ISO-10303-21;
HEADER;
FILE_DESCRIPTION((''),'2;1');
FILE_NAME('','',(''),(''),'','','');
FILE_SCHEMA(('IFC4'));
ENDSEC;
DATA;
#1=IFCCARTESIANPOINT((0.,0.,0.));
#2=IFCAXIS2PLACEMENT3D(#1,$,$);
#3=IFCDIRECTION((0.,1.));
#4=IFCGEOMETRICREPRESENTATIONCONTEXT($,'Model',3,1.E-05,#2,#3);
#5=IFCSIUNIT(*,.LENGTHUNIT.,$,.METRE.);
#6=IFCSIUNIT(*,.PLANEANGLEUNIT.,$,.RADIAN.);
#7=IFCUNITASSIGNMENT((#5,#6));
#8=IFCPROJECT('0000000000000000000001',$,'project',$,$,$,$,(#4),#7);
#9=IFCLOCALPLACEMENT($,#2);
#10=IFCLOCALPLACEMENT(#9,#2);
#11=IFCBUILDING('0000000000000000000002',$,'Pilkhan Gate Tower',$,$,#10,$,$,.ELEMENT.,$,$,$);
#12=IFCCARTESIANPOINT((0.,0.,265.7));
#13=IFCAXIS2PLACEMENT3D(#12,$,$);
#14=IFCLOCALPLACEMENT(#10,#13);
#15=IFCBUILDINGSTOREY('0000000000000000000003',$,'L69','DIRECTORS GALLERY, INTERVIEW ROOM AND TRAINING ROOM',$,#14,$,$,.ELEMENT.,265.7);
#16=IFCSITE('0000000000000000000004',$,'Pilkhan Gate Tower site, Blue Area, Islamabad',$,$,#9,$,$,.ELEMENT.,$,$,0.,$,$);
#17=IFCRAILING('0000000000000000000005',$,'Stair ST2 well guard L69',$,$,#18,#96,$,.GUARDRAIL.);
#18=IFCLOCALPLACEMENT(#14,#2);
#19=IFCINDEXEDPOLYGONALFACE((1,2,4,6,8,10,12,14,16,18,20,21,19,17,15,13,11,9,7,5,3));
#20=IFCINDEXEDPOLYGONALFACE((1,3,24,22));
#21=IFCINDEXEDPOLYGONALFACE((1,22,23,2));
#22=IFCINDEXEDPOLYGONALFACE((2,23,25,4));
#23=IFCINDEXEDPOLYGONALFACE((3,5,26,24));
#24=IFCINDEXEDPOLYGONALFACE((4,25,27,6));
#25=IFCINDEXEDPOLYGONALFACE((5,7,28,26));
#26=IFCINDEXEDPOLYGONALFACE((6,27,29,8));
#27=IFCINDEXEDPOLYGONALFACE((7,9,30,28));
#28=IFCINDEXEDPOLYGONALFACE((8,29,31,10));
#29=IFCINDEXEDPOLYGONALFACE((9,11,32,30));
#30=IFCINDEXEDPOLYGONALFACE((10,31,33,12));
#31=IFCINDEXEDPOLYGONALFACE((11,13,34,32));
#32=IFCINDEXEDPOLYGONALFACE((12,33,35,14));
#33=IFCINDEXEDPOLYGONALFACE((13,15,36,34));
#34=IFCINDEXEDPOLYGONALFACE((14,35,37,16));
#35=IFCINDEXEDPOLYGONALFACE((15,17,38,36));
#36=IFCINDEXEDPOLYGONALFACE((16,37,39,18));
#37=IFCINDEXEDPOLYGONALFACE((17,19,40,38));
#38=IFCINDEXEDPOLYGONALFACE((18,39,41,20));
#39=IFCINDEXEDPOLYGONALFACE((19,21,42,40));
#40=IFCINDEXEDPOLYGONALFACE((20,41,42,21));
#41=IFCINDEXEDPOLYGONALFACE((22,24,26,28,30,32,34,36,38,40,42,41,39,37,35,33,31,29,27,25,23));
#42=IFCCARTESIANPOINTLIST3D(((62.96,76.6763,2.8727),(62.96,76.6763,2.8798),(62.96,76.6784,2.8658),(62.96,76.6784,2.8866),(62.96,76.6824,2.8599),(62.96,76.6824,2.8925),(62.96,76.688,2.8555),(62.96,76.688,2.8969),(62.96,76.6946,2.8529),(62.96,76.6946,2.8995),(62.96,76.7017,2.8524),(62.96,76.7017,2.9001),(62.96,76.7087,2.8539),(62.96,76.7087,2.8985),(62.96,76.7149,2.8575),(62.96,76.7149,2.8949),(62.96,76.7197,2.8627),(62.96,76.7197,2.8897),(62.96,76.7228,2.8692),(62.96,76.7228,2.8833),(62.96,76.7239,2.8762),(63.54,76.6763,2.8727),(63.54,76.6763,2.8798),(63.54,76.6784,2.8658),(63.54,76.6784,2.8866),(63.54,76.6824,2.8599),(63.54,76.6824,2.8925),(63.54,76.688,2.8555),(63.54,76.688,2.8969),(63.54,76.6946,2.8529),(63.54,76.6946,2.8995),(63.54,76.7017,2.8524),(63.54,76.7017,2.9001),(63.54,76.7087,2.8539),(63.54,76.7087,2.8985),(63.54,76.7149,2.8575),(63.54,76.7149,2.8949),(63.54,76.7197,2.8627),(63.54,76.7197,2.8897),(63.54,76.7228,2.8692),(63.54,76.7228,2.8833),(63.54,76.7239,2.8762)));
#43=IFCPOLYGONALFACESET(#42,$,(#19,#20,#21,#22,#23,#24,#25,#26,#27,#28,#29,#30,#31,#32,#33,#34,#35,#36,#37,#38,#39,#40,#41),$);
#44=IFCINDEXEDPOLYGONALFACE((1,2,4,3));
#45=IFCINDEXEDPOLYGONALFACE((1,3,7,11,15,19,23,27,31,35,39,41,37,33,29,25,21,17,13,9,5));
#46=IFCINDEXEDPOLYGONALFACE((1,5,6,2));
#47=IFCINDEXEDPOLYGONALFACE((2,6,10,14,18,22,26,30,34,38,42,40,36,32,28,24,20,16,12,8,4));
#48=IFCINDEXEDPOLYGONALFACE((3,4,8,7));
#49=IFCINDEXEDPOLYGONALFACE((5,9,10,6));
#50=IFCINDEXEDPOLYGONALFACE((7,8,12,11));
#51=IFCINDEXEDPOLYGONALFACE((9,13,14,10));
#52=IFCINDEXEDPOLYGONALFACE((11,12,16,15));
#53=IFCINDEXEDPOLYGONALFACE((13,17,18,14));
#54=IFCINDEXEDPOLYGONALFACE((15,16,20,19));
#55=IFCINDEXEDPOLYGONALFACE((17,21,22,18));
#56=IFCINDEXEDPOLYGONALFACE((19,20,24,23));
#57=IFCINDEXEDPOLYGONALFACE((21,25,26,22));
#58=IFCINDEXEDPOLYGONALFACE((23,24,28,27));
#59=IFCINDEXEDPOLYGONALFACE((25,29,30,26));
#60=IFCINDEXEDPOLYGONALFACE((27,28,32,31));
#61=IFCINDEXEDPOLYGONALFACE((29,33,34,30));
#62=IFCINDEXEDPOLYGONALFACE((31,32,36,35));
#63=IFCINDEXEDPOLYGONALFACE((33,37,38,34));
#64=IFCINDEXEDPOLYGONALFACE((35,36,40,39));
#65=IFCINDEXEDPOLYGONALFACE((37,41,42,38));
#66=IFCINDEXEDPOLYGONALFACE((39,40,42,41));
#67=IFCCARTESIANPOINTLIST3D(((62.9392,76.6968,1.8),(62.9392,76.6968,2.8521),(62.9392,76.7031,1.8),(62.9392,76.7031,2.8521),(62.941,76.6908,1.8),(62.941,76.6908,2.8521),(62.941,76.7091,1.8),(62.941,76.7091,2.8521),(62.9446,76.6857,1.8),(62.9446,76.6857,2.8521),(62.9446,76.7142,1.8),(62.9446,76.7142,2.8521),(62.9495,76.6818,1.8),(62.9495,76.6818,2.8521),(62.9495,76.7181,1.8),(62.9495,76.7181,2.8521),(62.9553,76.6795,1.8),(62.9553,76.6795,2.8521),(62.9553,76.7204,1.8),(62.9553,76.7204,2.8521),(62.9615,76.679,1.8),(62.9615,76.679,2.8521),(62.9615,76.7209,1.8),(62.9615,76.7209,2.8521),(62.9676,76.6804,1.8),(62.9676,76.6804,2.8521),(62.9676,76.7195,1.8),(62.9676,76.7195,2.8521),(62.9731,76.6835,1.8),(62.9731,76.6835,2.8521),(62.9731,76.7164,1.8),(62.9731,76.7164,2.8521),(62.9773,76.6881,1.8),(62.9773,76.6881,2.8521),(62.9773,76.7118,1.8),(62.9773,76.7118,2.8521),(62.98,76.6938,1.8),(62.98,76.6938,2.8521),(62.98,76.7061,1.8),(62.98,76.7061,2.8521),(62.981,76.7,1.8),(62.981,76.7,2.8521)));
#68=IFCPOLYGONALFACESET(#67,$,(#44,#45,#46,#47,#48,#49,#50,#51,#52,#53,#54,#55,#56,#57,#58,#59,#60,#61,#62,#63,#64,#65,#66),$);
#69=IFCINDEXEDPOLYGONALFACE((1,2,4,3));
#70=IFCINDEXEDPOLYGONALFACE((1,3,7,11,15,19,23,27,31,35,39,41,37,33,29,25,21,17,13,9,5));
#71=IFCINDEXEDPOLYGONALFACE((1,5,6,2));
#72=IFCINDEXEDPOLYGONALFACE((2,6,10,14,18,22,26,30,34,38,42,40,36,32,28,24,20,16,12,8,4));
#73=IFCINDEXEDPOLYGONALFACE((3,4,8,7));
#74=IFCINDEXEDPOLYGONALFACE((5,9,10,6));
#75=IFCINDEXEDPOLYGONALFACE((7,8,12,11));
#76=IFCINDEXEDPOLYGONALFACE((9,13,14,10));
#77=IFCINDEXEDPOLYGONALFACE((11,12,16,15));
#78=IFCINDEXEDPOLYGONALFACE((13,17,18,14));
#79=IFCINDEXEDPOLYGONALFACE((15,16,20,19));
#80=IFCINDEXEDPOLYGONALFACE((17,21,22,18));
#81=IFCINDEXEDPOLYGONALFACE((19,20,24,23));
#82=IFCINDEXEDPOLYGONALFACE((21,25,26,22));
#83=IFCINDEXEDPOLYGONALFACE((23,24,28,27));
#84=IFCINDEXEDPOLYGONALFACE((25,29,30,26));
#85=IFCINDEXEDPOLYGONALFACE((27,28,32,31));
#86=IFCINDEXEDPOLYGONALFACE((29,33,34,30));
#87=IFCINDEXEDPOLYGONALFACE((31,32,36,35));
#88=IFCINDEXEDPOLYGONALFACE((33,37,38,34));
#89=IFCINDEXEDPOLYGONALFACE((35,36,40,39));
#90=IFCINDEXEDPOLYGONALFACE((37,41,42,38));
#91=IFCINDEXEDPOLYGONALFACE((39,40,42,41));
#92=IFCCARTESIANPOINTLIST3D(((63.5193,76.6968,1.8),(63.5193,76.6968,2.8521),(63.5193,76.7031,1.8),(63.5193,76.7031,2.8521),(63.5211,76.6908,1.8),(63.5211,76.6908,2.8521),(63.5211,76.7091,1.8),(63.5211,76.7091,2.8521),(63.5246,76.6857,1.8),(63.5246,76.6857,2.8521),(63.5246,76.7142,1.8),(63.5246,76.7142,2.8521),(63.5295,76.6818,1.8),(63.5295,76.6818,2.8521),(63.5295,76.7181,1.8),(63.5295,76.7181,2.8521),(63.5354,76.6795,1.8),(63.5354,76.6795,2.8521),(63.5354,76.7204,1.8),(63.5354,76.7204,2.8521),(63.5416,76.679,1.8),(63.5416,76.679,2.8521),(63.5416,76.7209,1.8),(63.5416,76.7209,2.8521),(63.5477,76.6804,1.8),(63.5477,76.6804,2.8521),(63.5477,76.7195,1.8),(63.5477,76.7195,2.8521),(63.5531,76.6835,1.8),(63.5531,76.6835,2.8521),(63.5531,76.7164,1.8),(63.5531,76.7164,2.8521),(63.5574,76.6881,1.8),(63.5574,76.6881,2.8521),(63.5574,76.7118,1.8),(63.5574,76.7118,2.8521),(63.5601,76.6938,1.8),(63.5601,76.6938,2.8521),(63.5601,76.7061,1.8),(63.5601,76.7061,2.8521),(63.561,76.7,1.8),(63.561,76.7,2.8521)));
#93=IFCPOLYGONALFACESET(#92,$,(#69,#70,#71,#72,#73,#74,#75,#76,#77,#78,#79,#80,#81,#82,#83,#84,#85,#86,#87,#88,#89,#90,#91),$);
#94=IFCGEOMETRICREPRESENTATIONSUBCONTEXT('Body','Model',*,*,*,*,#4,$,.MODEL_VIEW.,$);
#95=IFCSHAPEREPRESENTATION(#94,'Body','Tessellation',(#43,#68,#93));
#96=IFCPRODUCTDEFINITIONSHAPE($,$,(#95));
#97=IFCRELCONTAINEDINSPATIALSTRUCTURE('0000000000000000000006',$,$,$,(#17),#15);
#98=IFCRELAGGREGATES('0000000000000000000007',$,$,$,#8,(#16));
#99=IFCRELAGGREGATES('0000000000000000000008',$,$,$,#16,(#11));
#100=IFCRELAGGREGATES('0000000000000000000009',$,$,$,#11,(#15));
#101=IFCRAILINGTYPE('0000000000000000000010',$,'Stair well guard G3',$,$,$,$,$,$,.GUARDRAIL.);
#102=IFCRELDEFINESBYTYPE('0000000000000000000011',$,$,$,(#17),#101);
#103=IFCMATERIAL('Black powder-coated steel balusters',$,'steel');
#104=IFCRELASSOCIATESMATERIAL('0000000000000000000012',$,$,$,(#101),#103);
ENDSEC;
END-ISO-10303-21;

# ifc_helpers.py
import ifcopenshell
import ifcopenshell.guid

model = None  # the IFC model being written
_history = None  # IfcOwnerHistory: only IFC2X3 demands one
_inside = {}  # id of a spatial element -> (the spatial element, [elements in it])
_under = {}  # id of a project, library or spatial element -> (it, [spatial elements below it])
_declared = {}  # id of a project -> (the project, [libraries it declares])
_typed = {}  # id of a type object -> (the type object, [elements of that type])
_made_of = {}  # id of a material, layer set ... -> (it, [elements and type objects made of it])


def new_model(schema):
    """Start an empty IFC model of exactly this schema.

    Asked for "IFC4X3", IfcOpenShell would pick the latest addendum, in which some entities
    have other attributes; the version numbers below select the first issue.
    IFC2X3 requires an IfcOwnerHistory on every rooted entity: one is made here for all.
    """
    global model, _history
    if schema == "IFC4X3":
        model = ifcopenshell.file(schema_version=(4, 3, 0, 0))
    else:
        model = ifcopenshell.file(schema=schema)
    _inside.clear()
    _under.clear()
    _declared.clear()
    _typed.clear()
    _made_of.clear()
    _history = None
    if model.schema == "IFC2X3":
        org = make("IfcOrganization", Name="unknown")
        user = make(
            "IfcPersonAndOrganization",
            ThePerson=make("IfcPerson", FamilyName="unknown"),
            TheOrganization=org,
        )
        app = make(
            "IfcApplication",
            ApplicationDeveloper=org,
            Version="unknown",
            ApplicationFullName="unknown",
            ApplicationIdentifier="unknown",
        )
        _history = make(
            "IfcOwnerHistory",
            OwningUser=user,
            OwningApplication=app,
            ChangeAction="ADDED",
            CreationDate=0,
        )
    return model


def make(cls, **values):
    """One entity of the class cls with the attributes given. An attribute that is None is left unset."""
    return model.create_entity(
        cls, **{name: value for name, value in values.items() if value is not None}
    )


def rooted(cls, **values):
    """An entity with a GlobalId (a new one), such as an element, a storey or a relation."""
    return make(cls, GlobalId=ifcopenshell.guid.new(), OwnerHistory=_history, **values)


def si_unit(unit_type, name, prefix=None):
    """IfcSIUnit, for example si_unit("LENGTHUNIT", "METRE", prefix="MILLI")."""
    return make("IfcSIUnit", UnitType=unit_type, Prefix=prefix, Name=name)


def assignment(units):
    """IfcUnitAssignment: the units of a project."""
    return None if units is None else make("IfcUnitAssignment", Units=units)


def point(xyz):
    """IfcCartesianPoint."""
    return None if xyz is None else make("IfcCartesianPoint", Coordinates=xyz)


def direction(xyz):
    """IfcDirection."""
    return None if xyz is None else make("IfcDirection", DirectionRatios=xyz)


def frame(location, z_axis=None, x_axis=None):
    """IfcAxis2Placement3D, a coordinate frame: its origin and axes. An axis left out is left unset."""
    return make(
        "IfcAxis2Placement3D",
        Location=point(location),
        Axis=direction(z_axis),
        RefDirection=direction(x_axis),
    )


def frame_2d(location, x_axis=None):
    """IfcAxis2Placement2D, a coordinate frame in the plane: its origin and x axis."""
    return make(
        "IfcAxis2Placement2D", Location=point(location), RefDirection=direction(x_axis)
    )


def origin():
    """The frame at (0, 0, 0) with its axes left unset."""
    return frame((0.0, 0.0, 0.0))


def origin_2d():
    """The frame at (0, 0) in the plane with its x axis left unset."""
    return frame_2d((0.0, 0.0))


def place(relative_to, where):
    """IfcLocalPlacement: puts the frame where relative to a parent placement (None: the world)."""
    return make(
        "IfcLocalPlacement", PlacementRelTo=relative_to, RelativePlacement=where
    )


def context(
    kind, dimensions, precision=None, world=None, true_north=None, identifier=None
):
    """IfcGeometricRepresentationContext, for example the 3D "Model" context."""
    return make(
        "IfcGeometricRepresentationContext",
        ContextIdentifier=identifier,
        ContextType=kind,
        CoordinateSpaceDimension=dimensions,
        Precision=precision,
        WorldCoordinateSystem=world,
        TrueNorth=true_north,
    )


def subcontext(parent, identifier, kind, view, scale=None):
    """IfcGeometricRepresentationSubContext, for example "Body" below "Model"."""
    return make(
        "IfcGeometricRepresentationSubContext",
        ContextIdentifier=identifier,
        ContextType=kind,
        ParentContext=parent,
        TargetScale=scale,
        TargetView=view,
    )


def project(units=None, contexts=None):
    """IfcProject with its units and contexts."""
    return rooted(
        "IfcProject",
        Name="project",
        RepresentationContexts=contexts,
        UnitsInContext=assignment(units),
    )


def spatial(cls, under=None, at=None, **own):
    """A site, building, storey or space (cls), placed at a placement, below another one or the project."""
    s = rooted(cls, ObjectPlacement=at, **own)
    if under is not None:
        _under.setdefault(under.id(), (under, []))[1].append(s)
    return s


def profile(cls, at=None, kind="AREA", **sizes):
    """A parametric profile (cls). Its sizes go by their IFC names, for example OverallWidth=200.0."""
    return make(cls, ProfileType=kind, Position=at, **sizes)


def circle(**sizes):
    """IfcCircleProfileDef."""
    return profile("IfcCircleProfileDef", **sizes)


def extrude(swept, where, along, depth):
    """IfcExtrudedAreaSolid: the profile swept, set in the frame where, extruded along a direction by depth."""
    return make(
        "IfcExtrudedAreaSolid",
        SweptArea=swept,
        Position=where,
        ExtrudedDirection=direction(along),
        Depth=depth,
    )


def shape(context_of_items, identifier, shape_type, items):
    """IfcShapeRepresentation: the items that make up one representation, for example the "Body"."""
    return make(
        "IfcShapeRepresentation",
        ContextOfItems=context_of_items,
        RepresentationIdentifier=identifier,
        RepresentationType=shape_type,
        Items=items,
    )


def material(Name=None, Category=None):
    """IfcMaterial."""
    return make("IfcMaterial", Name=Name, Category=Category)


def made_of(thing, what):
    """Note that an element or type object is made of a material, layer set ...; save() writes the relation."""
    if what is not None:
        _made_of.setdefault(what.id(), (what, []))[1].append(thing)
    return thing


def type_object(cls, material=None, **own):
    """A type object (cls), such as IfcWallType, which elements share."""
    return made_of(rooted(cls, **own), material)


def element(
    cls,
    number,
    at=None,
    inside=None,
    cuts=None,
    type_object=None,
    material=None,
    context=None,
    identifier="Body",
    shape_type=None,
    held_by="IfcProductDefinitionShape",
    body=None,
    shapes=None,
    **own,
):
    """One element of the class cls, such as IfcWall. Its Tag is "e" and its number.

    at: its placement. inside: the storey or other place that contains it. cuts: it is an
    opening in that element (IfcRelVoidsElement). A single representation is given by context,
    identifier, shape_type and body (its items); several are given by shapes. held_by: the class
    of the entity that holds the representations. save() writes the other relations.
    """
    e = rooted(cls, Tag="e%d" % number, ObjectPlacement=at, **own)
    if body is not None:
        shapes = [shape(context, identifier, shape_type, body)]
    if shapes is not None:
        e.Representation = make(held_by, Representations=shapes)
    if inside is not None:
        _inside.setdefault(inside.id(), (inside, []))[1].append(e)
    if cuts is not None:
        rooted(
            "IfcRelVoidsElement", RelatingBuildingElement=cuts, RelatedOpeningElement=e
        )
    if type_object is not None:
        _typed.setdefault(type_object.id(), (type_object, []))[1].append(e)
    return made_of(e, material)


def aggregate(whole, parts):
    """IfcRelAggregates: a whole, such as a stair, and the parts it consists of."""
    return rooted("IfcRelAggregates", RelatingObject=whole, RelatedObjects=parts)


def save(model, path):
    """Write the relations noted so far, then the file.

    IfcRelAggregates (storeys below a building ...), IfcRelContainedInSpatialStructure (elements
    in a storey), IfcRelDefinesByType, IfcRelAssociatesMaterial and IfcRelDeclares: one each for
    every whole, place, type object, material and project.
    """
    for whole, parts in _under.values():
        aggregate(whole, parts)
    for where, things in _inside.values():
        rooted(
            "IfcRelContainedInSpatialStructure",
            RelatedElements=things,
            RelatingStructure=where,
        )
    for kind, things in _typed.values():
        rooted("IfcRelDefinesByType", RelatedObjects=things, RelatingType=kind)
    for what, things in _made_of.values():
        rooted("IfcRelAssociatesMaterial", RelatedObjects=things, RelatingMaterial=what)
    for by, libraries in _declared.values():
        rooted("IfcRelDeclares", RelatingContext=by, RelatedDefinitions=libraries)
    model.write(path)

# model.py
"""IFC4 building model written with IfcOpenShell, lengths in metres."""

from ifc_helpers import new_model, si_unit, direction, frame, origin, origin_2d, place, context, subcontext, project, spatial, circle, extrude, material, type_object, element, save


model = new_model("IFC4")

# Units and contexts
model_context = context("Model", 3, precision=1e-05, world=origin(), true_north=direction((0.0, 1.0)))
body_context = subcontext(model_context, "Body", "Model", "MODEL_VIEW")
ifc_project = project(units=[si_unit("LENGTHUNIT", "METRE"), si_unit("PLANEANGLEUNIT", "RADIAN")], contexts=[model_context])

# Site, building, storey
site_placement = place(None, origin())
site = spatial("IfcSite", under=ifc_project, at=site_placement, Name="Pilkhan Gate Tower site, Blue Area, Islamabad", CompositionType="ELEMENT", RefElevation=0.0)
building_placement = place(site_placement, origin())
building = spatial("IfcBuilding", under=site, at=building_placement, Name="Pilkhan Gate Tower", CompositionType="ELEMENT")
storey_placement = place(building_placement, frame((0.0, 0.0, 265.7)))
storey = spatial("IfcBuildingStorey", under=building, at=storey_placement, Name="L69", Description="DIRECTORS GALLERY, INTERVIEW ROOM AND TRAINING ROOM", CompositionType="ELEMENT", Elevation=265.7)

# Railing
ifc_material_1 = material(Name="Black powder-coated steel balusters", Category="steel")
railing_type_1 = type_object("IfcRailingType", Name="Stair well guard G3", PredefinedType="GUARDRAIL", material=ifc_material_1)
for number, where, name in (
    (1, (62.96, 76.7, 1.8), "Stair ST2 well guard L69"),
):
    element("IfcRailing", number, at=place(storey_placement, frame(where)), inside=storey, type_object=railing_type_1, Name=name, PredefinedType="GUARDRAIL", context=body_context, shape_type="SweptSolid", body=[
        extrude(circle(Radius=0.0239, at=origin_2d()), frame((0.0, 0.0, 1.0762), z_axis=(1.0, 0.0, 0.0), x_axis=(0.0, 1.0, 0.0)), (0.0, 0.0, 1.0), 0.5801),
        extrude(circle(Radius=0.021, at=origin_2d()), origin(), (0.0, 0.0, 1.0), 1.052),
        extrude(circle(Radius=0.021, at=origin_2d()), frame((0.5801, 0.0, 0.0)), (0.0, 0.0, 1.0), 1.052),
    ])

save(model, "model.ifc")
